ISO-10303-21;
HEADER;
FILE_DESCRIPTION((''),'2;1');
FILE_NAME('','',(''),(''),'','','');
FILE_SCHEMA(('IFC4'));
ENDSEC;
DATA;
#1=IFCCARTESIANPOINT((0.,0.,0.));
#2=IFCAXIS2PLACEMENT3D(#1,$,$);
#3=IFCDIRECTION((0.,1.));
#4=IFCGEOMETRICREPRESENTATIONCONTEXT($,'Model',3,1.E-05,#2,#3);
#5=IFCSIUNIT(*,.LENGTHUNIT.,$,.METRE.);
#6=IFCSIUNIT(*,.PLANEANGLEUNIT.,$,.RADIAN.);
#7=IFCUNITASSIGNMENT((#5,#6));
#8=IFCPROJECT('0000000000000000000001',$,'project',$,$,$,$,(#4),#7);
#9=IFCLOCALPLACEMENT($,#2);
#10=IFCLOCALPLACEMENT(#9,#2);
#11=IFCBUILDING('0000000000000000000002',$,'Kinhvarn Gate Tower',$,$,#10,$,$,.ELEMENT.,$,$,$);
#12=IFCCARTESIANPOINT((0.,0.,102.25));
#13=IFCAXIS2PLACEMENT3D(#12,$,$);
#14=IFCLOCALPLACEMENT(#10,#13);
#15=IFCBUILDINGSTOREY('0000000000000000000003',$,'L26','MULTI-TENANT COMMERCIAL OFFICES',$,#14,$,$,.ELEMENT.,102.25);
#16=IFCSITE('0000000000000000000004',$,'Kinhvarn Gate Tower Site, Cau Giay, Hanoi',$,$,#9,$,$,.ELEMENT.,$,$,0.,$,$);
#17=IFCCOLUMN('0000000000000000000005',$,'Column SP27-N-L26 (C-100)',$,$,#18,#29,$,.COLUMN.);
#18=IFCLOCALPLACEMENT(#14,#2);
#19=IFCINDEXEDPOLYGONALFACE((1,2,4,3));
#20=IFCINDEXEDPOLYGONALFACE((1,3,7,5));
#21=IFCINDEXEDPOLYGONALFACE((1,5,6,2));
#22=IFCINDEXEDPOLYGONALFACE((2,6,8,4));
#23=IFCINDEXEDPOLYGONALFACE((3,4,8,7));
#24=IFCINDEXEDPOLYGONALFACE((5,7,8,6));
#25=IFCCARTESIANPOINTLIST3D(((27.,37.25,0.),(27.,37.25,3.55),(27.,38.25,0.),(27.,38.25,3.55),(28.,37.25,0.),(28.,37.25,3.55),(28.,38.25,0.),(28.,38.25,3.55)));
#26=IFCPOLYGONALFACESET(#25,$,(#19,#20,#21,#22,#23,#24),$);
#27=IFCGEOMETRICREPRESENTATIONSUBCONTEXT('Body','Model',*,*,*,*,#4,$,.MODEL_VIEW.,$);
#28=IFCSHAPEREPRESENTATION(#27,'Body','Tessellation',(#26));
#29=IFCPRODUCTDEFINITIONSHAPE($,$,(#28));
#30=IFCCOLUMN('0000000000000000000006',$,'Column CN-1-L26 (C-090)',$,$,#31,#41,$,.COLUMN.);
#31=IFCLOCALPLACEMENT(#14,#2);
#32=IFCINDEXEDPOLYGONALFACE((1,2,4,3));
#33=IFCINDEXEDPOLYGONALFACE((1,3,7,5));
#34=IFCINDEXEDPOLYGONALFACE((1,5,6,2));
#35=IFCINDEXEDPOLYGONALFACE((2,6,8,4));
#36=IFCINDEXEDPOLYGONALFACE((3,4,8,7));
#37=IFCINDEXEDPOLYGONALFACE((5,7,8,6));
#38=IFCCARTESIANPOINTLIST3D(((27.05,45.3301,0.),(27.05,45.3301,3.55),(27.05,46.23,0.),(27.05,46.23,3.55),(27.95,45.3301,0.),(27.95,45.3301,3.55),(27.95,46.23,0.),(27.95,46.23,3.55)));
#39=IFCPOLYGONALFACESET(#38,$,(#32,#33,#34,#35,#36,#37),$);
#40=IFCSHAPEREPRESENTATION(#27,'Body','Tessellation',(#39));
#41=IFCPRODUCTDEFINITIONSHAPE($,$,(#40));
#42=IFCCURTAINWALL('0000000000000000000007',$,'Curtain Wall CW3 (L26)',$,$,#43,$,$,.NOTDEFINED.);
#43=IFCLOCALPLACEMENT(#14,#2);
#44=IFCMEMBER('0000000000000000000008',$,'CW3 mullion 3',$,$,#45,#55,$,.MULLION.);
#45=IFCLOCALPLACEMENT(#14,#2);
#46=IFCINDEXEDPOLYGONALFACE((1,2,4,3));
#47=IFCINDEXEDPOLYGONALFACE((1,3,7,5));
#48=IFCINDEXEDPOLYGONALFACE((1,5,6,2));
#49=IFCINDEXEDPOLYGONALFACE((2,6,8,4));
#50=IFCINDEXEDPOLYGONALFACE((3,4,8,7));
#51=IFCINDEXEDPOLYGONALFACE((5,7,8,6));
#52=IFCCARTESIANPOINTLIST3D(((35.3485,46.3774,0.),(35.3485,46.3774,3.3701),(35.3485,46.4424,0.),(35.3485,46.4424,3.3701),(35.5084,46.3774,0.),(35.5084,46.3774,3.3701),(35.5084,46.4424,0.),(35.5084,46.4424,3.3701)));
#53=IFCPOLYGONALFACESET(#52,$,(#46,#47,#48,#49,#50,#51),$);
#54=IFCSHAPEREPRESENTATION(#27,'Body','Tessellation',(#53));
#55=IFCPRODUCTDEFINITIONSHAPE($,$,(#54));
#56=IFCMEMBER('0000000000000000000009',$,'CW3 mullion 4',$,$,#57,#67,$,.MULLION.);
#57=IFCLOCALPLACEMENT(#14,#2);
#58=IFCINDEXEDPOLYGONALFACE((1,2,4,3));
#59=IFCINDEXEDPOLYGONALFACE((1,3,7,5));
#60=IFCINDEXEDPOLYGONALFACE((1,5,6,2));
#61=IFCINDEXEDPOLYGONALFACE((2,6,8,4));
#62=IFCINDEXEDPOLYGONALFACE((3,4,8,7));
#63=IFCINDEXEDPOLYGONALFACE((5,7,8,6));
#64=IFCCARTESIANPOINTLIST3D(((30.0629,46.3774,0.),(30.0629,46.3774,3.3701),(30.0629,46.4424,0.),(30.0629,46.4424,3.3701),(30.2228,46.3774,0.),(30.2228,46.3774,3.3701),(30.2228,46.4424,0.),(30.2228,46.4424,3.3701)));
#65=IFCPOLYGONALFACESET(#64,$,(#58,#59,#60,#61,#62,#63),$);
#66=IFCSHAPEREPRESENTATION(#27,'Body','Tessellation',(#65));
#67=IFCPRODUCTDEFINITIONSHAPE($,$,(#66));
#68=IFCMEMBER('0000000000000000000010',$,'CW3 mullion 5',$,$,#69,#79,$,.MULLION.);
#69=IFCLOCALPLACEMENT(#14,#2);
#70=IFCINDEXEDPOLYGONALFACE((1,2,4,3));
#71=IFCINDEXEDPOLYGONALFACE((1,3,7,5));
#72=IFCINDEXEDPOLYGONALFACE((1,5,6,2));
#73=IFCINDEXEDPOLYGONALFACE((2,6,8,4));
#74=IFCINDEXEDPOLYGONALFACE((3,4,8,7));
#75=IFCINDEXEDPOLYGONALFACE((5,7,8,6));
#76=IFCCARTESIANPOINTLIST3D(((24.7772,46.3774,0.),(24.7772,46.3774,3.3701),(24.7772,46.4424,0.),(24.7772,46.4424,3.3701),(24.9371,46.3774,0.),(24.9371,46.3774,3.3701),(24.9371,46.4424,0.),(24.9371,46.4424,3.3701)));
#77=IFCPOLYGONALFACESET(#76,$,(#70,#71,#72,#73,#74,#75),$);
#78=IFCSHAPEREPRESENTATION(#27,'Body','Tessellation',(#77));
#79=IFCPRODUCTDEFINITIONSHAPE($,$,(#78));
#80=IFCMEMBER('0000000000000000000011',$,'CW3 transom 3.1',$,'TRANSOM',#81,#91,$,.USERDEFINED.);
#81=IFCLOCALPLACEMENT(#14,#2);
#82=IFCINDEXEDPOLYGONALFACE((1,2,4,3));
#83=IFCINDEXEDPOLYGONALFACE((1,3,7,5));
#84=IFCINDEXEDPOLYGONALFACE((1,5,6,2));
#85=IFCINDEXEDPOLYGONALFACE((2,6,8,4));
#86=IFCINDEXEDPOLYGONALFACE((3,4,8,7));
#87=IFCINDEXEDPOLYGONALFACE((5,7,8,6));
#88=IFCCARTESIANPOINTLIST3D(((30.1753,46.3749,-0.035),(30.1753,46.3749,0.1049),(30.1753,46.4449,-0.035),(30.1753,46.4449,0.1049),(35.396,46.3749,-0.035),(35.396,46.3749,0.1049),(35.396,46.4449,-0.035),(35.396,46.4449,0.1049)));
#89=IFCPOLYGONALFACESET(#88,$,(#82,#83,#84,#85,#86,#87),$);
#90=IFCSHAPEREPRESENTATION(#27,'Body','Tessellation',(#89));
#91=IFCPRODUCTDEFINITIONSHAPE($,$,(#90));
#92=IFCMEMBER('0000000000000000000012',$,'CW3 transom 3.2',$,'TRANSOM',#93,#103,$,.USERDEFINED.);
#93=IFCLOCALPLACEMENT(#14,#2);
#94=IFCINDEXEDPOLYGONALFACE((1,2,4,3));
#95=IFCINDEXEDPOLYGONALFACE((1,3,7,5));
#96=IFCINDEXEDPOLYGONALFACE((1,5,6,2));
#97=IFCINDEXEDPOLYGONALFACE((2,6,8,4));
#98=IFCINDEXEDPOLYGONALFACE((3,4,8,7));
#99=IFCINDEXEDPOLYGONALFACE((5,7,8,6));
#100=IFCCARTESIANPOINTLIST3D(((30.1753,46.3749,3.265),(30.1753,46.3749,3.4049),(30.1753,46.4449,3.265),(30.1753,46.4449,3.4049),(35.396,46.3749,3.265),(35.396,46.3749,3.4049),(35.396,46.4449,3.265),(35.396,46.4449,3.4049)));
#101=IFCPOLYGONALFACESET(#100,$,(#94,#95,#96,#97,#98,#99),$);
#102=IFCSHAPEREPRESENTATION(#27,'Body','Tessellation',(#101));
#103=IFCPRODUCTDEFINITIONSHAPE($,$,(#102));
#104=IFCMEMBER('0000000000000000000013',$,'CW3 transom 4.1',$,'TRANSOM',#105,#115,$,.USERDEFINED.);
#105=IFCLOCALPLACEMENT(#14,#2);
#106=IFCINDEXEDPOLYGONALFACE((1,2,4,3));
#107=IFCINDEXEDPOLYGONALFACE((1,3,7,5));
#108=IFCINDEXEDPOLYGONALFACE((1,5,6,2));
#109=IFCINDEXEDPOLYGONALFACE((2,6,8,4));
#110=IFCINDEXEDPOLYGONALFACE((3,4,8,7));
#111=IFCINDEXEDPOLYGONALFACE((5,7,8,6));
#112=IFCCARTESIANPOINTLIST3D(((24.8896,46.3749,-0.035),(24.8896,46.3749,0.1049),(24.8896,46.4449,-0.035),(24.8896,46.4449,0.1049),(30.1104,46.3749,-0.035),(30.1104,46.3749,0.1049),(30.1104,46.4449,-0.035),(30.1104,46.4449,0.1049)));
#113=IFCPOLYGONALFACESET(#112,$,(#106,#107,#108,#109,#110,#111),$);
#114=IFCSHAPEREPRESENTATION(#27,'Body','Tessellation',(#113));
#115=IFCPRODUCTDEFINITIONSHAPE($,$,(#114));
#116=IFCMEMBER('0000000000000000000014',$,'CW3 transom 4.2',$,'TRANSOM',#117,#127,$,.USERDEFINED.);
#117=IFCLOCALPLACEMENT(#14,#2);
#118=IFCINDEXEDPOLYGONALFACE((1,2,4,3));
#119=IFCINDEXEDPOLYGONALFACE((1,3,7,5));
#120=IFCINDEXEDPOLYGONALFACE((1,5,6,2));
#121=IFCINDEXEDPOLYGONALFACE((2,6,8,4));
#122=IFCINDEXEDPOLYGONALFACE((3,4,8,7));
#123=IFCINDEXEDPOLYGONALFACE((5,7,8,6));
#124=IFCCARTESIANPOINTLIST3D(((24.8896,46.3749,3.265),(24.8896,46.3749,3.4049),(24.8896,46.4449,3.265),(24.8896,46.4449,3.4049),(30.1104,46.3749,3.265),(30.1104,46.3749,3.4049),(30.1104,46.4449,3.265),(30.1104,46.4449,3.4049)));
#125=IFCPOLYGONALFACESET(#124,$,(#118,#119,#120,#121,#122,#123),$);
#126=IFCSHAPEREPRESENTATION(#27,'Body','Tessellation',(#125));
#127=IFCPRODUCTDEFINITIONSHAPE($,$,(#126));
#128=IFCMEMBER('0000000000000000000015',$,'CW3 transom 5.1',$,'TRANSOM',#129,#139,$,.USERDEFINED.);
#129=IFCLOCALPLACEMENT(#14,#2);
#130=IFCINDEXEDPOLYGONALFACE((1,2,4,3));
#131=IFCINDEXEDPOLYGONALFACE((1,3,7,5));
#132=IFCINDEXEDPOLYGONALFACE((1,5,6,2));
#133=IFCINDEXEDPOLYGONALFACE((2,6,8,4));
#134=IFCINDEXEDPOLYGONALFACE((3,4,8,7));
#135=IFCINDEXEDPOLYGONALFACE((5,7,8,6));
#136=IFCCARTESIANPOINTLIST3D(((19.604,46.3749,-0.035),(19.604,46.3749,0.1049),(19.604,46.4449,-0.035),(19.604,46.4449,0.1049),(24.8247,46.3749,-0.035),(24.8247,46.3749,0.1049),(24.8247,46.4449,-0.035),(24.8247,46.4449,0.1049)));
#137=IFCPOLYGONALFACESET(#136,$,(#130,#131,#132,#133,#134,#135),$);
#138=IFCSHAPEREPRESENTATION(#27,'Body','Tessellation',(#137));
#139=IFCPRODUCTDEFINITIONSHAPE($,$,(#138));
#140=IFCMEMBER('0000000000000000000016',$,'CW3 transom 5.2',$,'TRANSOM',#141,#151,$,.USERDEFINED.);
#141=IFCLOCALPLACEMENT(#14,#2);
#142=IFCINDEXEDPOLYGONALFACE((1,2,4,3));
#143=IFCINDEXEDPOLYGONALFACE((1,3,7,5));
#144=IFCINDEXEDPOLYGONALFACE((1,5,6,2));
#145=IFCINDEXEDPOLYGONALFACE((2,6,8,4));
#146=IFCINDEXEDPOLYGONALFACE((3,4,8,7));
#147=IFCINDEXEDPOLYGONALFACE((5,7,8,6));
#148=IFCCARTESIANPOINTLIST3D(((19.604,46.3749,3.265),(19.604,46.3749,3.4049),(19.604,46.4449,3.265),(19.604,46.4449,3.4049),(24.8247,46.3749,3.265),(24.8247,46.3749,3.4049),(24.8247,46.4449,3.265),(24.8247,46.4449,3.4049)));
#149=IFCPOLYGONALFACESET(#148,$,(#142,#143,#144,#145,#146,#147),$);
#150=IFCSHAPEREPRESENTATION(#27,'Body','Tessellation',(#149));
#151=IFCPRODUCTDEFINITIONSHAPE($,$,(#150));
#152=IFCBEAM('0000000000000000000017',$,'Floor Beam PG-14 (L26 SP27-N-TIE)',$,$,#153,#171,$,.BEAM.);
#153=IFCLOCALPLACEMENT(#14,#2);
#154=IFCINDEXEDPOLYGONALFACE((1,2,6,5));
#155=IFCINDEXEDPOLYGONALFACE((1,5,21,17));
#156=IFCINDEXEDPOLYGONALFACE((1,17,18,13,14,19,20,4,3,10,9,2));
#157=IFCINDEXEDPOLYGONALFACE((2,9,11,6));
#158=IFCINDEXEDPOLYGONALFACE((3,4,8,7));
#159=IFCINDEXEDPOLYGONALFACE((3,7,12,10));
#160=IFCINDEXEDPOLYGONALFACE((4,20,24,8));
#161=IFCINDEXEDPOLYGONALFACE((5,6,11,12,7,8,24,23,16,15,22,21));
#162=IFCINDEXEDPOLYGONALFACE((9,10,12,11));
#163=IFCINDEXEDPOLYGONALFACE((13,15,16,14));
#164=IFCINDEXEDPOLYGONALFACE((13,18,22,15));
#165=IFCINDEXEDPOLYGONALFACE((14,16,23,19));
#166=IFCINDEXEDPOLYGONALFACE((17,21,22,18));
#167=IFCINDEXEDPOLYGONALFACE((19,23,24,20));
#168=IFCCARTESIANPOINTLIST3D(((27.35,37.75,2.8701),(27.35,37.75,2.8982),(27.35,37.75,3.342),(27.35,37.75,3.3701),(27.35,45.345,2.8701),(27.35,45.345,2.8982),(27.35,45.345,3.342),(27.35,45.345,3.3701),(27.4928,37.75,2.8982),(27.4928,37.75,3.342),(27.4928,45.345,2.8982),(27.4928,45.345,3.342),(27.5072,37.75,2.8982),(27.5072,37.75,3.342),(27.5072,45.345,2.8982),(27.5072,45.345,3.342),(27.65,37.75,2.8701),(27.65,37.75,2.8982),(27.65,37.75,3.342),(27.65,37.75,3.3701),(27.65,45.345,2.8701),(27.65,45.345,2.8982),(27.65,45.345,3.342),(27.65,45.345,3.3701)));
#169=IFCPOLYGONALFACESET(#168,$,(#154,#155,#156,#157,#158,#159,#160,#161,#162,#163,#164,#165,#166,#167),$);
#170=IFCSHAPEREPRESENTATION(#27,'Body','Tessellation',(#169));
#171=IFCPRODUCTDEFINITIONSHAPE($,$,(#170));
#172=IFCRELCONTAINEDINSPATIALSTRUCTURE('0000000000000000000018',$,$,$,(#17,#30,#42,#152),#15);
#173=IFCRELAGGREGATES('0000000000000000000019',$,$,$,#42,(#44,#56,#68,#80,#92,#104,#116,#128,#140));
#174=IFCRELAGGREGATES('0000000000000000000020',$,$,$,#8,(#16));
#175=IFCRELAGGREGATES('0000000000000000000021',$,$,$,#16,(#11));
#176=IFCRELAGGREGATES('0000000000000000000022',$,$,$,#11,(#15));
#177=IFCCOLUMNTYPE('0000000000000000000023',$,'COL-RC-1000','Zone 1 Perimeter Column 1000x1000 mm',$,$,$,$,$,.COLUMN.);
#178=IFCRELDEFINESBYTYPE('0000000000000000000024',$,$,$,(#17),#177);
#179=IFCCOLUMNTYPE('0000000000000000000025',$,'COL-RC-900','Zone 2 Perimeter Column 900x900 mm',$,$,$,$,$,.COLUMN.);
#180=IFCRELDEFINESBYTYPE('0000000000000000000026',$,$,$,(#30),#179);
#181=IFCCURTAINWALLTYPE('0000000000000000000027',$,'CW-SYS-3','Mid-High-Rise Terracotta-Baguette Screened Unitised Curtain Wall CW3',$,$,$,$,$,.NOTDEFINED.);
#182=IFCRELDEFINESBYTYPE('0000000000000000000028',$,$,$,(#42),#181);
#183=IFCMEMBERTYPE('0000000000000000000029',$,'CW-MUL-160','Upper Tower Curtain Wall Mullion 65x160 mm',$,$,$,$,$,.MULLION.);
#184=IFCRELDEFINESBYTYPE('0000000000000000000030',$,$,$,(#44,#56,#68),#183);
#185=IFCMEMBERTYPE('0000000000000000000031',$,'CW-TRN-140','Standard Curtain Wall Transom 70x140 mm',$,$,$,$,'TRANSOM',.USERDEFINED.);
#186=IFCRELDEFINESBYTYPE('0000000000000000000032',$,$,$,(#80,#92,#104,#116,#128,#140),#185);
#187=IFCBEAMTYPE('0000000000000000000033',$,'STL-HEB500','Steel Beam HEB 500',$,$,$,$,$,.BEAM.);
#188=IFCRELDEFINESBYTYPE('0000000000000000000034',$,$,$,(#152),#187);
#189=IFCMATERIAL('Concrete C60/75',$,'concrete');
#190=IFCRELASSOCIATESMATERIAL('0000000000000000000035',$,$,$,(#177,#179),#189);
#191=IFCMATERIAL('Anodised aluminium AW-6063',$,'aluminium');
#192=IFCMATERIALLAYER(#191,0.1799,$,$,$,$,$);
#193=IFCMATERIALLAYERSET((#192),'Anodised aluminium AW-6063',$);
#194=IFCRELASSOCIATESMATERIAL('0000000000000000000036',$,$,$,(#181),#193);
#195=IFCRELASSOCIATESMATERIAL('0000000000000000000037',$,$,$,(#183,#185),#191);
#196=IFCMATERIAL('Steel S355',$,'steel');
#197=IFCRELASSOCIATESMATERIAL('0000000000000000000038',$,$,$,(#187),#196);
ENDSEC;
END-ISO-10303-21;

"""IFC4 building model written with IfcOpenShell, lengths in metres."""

from ifc_helpers import new_model, si_unit, direction, frame, origin, origin_2d, place, context, subcontext, project, spatial, rectangle, i_section, extrude, material, layer, layer_set, material_profile, profile_set, type_object, element, aggregate, save


model = new_model("IFC4")

# Units and contexts
model_context = context("Model", 3, precision=1e-05, world=origin(), true_north=direction((0.0, 1.0)))
body_context = subcontext(model_context, "Body", "Model", "MODEL_VIEW")
ifc_project = project(units=[si_unit("LENGTHUNIT", "METRE"), si_unit("PLANEANGLEUNIT", "RADIAN")], contexts=[model_context])

# Site, building, storey
site_placement = place(None, origin())
site = spatial("IfcSite", under=ifc_project, at=site_placement, Name="Kinhvarn Gate Tower Site, Cau Giay, Hanoi", CompositionType="ELEMENT", RefElevation=0.0)
building_placement = place(site_placement, origin())
building = spatial("IfcBuilding", under=site, at=building_placement, Name="Kinhvarn Gate Tower", CompositionType="ELEMENT")
storey_placement = place(building_placement, frame((0.0, 0.0, 102.25)))
storey = spatial("IfcBuildingStorey", under=building, at=storey_placement, Name="L26", Description="MULTI-TENANT COMMERCIAL OFFICES", CompositionType="ELEMENT", Elevation=102.25)

# Columns
ifc_material_1 = material(Name="Concrete C60/75", Category="concrete")
ifc_material_profile_1 = material_profile(ifc_material_1, rectangle(XDim=1.0, YDim=1.0, at=origin_2d()), Name="RC 1000x1000")
ifc_profile_set_1 = profile_set([ifc_material_profile_1], Name="Concrete C60/75")
column_type_1 = type_object("IfcColumnType", Name="COL-RC-1000", Description="Zone 1 Perimeter Column 1000x1000 mm", PredefinedType="COLUMN", material=ifc_profile_set_1)
column_1_placement = place(storey_placement, frame((27.5, 37.75, 0.0), z_axis=(0.0, 0.0, 1.0), x_axis=(1.0, 0.0, 0.0)))
element("IfcColumn", 1, at=column_1_placement, inside=storey, type_object=column_type_1, Name="Column SP27-N-L26 (C-100)", PredefinedType="COLUMN", context=body_context, shape_type="SweptSolid", body=[
    extrude(rectangle(XDim=1.0, YDim=1.0, at=origin_2d()), origin(), (0.0, 0.0, 1.0), 3.55),
])
ifc_material_profile_2 = material_profile(ifc_material_1, rectangle(XDim=0.8999, YDim=0.8999, at=origin_2d()), Name="RC 900x900")
ifc_profile_set_2 = profile_set([ifc_material_profile_2], Name="Concrete C60/75")
column_type_2 = type_object("IfcColumnType", Name="COL-RC-900", Description="Zone 2 Perimeter Column 900x900 mm", PredefinedType="COLUMN", material=ifc_profile_set_2)
column_2_placement = place(storey_placement, frame((27.5, 45.78, 0.0), z_axis=(0.0, 0.0, 1.0), x_axis=(1.0, 0.0, 0.0)))
element("IfcColumn", 2, at=column_2_placement, inside=storey, type_object=column_type_2, Name="Column CN-1-L26 (C-090)", PredefinedType="COLUMN", context=body_context, shape_type="SweptSolid", body=[
    extrude(rectangle(XDim=0.8999, YDim=0.8999, at=origin_2d()), origin(), (0.0, 0.0, 1.0), 3.55),
])

# Curtain wall, members
ifc_material_2 = material(Name="Anodised aluminium AW-6063", Category="aluminium")
ifc_layer_1 = layer(ifc_material_2, 0.1799)
ifc_layer_set_1 = layer_set([ifc_layer_1], Name="Anodised aluminium AW-6063")
curtain_wall_type = type_object("IfcCurtainWallType", Name="CW-SYS-3", Description="Mid-High-Rise Terracotta-Baguette Screened Unitised Curtain Wall CW3", PredefinedType="NOTDEFINED", material=ifc_layer_set_1)
curtain_wall_placement = place(storey_placement, origin())
curtain_wall = element("IfcCurtainWall", 3, at=curtain_wall_placement, inside=storey, type_object=curtain_wall_type, Name="Curtain Wall CW3 (L26)", PredefinedType="NOTDEFINED")
ifc_material_profile_3 = material_profile(ifc_material_2, rectangle(XDim=0.0649, YDim=0.1599, at=origin_2d()), Name="ALU 65x160")
ifc_profile_set_3 = profile_set([ifc_material_profile_3], Name="Anodised aluminium AW-6063")
member_type_1 = type_object("IfcMemberType", Name="CW-MUL-160", Description="Upper Tower Curtain Wall Mullion 65x160 mm", PredefinedType="MULLION", material=ifc_profile_set_3)
member_1_placement = place(storey_placement, frame((35.4285, 46.4099, 0.0), z_axis=(0.0, 0.0, 1.0), x_axis=(0.0, -1.0, 0.0)))
member_1 = element("IfcMember", 4, at=member_1_placement, type_object=member_type_1, Name="CW3 mullion 3", PredefinedType="MULLION", context=body_context, shape_type="SweptSolid", body=[
    extrude(rectangle(XDim=0.0649, YDim=0.1599, at=origin_2d()), origin(), (0.0, 0.0, 1.0), 3.3701),
])
member_2_placement = place(storey_placement, frame((30.1428, 46.4099, 0.0), z_axis=(0.0, 0.0, 1.0), x_axis=(0.0, -1.0, 0.0)))
member_2 = element("IfcMember", 5, at=member_2_placement, type_object=member_type_1, Name="CW3 mullion 4", PredefinedType="MULLION", context=body_context, shape_type="SweptSolid", body=[
    extrude(rectangle(XDim=0.0649, YDim=0.1599, at=origin_2d()), origin(), (0.0, 0.0, 1.0), 3.3701),
])
member_3_placement = place(storey_placement, frame((24.8572, 46.4099, 0.0), z_axis=(0.0, 0.0, 1.0), x_axis=(0.0, -1.0, 0.0)))
member_3 = element("IfcMember", 6, at=member_3_placement, type_object=member_type_1, Name="CW3 mullion 5", PredefinedType="MULLION", context=body_context, shape_type="SweptSolid", body=[
    extrude(rectangle(XDim=0.0649, YDim=0.1599, at=origin_2d()), origin(), (0.0, 0.0, 1.0), 3.3701),
])
ifc_material_profile_4 = material_profile(ifc_material_2, rectangle(XDim=0.0701, YDim=0.1399, at=origin_2d()), Name="ALU 70x140")
ifc_profile_set_4 = profile_set([ifc_material_profile_4], Name="Anodised aluminium AW-6063")
member_type_2 = type_object("IfcMemberType", Name="CW-TRN-140", Description="Standard Curtain Wall Transom 70x140 mm", ElementType="TRANSOM", PredefinedType="USERDEFINED", material=ifc_profile_set_4)
member_4_placement = place(storey_placement, frame((35.396, 46.4099, 0.0349), z_axis=(-1.0, 0.0, 0.0), x_axis=(0.0, -1.0, 0.0)))
member_4 = element("IfcMember", 7, at=member_4_placement, type_object=member_type_2, Name="CW3 transom 3.1", ObjectType="TRANSOM", PredefinedType="USERDEFINED", context=body_context, shape_type="SweptSolid", body=[
    extrude(rectangle(XDim=0.0701, YDim=0.1399, at=origin_2d()), origin(), (0.0, 0.0, 1.0), 5.2207),
])
member_5_placement = place(storey_placement, frame((35.396, 46.4099, 3.335), z_axis=(-1.0, 0.0, 0.0), x_axis=(0.0, -1.0, 0.0)))
member_5 = element("IfcMember", 8, at=member_5_placement, type_object=member_type_2, Name="CW3 transom 3.2", ObjectType="TRANSOM", PredefinedType="USERDEFINED", context=body_context, shape_type="SweptSolid", body=[
    extrude(rectangle(XDim=0.0701, YDim=0.1399, at=origin_2d()), origin(), (0.0, 0.0, 1.0), 5.2207),
])
member_6_placement = place(storey_placement, frame((30.1104, 46.4099, 0.0349), z_axis=(-1.0, 0.0, 0.0), x_axis=(0.0, -1.0, 0.0)))
member_6 = element("IfcMember", 9, at=member_6_placement, type_object=member_type_2, Name="CW3 transom 4.1", ObjectType="TRANSOM", PredefinedType="USERDEFINED", context=body_context, shape_type="SweptSolid", body=[
    extrude(rectangle(XDim=0.0701, YDim=0.1399, at=origin_2d()), origin(), (0.0, 0.0, 1.0), 5.2207),
])
member_7_placement = place(storey_placement, frame((30.1104, 46.4099, 3.335), z_axis=(-1.0, 0.0, 0.0), x_axis=(0.0, -1.0, 0.0)))
member_7 = element("IfcMember", 10, at=member_7_placement, type_object=member_type_2, Name="CW3 transom 4.2", ObjectType="TRANSOM", PredefinedType="USERDEFINED", context=body_context, shape_type="SweptSolid", body=[
    extrude(rectangle(XDim=0.0701, YDim=0.1399, at=origin_2d()), origin(), (0.0, 0.0, 1.0), 5.2207),
])
member_8_placement = place(storey_placement, frame((24.8247, 46.4099, 0.0349), z_axis=(-1.0, 0.0, 0.0), x_axis=(0.0, -1.0, 0.0)))
member_8 = element("IfcMember", 11, at=member_8_placement, type_object=member_type_2, Name="CW3 transom 5.1", ObjectType="TRANSOM", PredefinedType="USERDEFINED", context=body_context, shape_type="SweptSolid", body=[
    extrude(rectangle(XDim=0.0701, YDim=0.1399, at=origin_2d()), origin(), (0.0, 0.0, 1.0), 5.2207),
])
member_9_placement = place(storey_placement, frame((24.8247, 46.4099, 3.335), z_axis=(-1.0, 0.0, 0.0), x_axis=(0.0, -1.0, 0.0)))
member_9 = element("IfcMember", 12, at=member_9_placement, type_object=member_type_2, Name="CW3 transom 5.2", ObjectType="TRANSOM", PredefinedType="USERDEFINED", context=body_context, shape_type="SweptSolid", body=[
    extrude(rectangle(XDim=0.0701, YDim=0.1399, at=origin_2d()), origin(), (0.0, 0.0, 1.0), 5.2207),
])

# Beam
ifc_material_3 = material(Name="Steel S355", Category="steel")
ifc_material_profile_5 = material_profile(ifc_material_3, i_section(OverallWidth=0.3, OverallDepth=0.5, WebThickness=0.0144, FlangeThickness=0.0281, at=origin_2d()), Name="HEB 500")
ifc_profile_set_5 = profile_set([ifc_material_profile_5], Name="Steel S355")
beam_type_1 = type_object("IfcBeamType", Name="STL-HEB500", Description="Steel Beam HEB 500", PredefinedType="BEAM", material=ifc_profile_set_5)
beam_1_placement = place(storey_placement, frame((27.5, 37.75, 3.1201), z_axis=(0.0, 1.0, 0.0), x_axis=(-1.0, 0.0, 0.0)))
element("IfcBeam", 13, at=beam_1_placement, inside=storey, type_object=beam_type_1, Name="Floor Beam PG-14 (L26 SP27-N-TIE)", PredefinedType="BEAM", context=body_context, shape_type="SweptSolid", body=[
    extrude(i_section(OverallWidth=0.3, OverallDepth=0.5, WebThickness=0.0144, FlangeThickness=0.0281, at=origin_2d()), origin(), (0.0, 0.0, 1.0), 7.595),
])

aggregate(curtain_wall, [member_1, member_2, member_3, member_4, member_5, member_6, member_7, member_8, member_9])

save(model, "model.ifc")
